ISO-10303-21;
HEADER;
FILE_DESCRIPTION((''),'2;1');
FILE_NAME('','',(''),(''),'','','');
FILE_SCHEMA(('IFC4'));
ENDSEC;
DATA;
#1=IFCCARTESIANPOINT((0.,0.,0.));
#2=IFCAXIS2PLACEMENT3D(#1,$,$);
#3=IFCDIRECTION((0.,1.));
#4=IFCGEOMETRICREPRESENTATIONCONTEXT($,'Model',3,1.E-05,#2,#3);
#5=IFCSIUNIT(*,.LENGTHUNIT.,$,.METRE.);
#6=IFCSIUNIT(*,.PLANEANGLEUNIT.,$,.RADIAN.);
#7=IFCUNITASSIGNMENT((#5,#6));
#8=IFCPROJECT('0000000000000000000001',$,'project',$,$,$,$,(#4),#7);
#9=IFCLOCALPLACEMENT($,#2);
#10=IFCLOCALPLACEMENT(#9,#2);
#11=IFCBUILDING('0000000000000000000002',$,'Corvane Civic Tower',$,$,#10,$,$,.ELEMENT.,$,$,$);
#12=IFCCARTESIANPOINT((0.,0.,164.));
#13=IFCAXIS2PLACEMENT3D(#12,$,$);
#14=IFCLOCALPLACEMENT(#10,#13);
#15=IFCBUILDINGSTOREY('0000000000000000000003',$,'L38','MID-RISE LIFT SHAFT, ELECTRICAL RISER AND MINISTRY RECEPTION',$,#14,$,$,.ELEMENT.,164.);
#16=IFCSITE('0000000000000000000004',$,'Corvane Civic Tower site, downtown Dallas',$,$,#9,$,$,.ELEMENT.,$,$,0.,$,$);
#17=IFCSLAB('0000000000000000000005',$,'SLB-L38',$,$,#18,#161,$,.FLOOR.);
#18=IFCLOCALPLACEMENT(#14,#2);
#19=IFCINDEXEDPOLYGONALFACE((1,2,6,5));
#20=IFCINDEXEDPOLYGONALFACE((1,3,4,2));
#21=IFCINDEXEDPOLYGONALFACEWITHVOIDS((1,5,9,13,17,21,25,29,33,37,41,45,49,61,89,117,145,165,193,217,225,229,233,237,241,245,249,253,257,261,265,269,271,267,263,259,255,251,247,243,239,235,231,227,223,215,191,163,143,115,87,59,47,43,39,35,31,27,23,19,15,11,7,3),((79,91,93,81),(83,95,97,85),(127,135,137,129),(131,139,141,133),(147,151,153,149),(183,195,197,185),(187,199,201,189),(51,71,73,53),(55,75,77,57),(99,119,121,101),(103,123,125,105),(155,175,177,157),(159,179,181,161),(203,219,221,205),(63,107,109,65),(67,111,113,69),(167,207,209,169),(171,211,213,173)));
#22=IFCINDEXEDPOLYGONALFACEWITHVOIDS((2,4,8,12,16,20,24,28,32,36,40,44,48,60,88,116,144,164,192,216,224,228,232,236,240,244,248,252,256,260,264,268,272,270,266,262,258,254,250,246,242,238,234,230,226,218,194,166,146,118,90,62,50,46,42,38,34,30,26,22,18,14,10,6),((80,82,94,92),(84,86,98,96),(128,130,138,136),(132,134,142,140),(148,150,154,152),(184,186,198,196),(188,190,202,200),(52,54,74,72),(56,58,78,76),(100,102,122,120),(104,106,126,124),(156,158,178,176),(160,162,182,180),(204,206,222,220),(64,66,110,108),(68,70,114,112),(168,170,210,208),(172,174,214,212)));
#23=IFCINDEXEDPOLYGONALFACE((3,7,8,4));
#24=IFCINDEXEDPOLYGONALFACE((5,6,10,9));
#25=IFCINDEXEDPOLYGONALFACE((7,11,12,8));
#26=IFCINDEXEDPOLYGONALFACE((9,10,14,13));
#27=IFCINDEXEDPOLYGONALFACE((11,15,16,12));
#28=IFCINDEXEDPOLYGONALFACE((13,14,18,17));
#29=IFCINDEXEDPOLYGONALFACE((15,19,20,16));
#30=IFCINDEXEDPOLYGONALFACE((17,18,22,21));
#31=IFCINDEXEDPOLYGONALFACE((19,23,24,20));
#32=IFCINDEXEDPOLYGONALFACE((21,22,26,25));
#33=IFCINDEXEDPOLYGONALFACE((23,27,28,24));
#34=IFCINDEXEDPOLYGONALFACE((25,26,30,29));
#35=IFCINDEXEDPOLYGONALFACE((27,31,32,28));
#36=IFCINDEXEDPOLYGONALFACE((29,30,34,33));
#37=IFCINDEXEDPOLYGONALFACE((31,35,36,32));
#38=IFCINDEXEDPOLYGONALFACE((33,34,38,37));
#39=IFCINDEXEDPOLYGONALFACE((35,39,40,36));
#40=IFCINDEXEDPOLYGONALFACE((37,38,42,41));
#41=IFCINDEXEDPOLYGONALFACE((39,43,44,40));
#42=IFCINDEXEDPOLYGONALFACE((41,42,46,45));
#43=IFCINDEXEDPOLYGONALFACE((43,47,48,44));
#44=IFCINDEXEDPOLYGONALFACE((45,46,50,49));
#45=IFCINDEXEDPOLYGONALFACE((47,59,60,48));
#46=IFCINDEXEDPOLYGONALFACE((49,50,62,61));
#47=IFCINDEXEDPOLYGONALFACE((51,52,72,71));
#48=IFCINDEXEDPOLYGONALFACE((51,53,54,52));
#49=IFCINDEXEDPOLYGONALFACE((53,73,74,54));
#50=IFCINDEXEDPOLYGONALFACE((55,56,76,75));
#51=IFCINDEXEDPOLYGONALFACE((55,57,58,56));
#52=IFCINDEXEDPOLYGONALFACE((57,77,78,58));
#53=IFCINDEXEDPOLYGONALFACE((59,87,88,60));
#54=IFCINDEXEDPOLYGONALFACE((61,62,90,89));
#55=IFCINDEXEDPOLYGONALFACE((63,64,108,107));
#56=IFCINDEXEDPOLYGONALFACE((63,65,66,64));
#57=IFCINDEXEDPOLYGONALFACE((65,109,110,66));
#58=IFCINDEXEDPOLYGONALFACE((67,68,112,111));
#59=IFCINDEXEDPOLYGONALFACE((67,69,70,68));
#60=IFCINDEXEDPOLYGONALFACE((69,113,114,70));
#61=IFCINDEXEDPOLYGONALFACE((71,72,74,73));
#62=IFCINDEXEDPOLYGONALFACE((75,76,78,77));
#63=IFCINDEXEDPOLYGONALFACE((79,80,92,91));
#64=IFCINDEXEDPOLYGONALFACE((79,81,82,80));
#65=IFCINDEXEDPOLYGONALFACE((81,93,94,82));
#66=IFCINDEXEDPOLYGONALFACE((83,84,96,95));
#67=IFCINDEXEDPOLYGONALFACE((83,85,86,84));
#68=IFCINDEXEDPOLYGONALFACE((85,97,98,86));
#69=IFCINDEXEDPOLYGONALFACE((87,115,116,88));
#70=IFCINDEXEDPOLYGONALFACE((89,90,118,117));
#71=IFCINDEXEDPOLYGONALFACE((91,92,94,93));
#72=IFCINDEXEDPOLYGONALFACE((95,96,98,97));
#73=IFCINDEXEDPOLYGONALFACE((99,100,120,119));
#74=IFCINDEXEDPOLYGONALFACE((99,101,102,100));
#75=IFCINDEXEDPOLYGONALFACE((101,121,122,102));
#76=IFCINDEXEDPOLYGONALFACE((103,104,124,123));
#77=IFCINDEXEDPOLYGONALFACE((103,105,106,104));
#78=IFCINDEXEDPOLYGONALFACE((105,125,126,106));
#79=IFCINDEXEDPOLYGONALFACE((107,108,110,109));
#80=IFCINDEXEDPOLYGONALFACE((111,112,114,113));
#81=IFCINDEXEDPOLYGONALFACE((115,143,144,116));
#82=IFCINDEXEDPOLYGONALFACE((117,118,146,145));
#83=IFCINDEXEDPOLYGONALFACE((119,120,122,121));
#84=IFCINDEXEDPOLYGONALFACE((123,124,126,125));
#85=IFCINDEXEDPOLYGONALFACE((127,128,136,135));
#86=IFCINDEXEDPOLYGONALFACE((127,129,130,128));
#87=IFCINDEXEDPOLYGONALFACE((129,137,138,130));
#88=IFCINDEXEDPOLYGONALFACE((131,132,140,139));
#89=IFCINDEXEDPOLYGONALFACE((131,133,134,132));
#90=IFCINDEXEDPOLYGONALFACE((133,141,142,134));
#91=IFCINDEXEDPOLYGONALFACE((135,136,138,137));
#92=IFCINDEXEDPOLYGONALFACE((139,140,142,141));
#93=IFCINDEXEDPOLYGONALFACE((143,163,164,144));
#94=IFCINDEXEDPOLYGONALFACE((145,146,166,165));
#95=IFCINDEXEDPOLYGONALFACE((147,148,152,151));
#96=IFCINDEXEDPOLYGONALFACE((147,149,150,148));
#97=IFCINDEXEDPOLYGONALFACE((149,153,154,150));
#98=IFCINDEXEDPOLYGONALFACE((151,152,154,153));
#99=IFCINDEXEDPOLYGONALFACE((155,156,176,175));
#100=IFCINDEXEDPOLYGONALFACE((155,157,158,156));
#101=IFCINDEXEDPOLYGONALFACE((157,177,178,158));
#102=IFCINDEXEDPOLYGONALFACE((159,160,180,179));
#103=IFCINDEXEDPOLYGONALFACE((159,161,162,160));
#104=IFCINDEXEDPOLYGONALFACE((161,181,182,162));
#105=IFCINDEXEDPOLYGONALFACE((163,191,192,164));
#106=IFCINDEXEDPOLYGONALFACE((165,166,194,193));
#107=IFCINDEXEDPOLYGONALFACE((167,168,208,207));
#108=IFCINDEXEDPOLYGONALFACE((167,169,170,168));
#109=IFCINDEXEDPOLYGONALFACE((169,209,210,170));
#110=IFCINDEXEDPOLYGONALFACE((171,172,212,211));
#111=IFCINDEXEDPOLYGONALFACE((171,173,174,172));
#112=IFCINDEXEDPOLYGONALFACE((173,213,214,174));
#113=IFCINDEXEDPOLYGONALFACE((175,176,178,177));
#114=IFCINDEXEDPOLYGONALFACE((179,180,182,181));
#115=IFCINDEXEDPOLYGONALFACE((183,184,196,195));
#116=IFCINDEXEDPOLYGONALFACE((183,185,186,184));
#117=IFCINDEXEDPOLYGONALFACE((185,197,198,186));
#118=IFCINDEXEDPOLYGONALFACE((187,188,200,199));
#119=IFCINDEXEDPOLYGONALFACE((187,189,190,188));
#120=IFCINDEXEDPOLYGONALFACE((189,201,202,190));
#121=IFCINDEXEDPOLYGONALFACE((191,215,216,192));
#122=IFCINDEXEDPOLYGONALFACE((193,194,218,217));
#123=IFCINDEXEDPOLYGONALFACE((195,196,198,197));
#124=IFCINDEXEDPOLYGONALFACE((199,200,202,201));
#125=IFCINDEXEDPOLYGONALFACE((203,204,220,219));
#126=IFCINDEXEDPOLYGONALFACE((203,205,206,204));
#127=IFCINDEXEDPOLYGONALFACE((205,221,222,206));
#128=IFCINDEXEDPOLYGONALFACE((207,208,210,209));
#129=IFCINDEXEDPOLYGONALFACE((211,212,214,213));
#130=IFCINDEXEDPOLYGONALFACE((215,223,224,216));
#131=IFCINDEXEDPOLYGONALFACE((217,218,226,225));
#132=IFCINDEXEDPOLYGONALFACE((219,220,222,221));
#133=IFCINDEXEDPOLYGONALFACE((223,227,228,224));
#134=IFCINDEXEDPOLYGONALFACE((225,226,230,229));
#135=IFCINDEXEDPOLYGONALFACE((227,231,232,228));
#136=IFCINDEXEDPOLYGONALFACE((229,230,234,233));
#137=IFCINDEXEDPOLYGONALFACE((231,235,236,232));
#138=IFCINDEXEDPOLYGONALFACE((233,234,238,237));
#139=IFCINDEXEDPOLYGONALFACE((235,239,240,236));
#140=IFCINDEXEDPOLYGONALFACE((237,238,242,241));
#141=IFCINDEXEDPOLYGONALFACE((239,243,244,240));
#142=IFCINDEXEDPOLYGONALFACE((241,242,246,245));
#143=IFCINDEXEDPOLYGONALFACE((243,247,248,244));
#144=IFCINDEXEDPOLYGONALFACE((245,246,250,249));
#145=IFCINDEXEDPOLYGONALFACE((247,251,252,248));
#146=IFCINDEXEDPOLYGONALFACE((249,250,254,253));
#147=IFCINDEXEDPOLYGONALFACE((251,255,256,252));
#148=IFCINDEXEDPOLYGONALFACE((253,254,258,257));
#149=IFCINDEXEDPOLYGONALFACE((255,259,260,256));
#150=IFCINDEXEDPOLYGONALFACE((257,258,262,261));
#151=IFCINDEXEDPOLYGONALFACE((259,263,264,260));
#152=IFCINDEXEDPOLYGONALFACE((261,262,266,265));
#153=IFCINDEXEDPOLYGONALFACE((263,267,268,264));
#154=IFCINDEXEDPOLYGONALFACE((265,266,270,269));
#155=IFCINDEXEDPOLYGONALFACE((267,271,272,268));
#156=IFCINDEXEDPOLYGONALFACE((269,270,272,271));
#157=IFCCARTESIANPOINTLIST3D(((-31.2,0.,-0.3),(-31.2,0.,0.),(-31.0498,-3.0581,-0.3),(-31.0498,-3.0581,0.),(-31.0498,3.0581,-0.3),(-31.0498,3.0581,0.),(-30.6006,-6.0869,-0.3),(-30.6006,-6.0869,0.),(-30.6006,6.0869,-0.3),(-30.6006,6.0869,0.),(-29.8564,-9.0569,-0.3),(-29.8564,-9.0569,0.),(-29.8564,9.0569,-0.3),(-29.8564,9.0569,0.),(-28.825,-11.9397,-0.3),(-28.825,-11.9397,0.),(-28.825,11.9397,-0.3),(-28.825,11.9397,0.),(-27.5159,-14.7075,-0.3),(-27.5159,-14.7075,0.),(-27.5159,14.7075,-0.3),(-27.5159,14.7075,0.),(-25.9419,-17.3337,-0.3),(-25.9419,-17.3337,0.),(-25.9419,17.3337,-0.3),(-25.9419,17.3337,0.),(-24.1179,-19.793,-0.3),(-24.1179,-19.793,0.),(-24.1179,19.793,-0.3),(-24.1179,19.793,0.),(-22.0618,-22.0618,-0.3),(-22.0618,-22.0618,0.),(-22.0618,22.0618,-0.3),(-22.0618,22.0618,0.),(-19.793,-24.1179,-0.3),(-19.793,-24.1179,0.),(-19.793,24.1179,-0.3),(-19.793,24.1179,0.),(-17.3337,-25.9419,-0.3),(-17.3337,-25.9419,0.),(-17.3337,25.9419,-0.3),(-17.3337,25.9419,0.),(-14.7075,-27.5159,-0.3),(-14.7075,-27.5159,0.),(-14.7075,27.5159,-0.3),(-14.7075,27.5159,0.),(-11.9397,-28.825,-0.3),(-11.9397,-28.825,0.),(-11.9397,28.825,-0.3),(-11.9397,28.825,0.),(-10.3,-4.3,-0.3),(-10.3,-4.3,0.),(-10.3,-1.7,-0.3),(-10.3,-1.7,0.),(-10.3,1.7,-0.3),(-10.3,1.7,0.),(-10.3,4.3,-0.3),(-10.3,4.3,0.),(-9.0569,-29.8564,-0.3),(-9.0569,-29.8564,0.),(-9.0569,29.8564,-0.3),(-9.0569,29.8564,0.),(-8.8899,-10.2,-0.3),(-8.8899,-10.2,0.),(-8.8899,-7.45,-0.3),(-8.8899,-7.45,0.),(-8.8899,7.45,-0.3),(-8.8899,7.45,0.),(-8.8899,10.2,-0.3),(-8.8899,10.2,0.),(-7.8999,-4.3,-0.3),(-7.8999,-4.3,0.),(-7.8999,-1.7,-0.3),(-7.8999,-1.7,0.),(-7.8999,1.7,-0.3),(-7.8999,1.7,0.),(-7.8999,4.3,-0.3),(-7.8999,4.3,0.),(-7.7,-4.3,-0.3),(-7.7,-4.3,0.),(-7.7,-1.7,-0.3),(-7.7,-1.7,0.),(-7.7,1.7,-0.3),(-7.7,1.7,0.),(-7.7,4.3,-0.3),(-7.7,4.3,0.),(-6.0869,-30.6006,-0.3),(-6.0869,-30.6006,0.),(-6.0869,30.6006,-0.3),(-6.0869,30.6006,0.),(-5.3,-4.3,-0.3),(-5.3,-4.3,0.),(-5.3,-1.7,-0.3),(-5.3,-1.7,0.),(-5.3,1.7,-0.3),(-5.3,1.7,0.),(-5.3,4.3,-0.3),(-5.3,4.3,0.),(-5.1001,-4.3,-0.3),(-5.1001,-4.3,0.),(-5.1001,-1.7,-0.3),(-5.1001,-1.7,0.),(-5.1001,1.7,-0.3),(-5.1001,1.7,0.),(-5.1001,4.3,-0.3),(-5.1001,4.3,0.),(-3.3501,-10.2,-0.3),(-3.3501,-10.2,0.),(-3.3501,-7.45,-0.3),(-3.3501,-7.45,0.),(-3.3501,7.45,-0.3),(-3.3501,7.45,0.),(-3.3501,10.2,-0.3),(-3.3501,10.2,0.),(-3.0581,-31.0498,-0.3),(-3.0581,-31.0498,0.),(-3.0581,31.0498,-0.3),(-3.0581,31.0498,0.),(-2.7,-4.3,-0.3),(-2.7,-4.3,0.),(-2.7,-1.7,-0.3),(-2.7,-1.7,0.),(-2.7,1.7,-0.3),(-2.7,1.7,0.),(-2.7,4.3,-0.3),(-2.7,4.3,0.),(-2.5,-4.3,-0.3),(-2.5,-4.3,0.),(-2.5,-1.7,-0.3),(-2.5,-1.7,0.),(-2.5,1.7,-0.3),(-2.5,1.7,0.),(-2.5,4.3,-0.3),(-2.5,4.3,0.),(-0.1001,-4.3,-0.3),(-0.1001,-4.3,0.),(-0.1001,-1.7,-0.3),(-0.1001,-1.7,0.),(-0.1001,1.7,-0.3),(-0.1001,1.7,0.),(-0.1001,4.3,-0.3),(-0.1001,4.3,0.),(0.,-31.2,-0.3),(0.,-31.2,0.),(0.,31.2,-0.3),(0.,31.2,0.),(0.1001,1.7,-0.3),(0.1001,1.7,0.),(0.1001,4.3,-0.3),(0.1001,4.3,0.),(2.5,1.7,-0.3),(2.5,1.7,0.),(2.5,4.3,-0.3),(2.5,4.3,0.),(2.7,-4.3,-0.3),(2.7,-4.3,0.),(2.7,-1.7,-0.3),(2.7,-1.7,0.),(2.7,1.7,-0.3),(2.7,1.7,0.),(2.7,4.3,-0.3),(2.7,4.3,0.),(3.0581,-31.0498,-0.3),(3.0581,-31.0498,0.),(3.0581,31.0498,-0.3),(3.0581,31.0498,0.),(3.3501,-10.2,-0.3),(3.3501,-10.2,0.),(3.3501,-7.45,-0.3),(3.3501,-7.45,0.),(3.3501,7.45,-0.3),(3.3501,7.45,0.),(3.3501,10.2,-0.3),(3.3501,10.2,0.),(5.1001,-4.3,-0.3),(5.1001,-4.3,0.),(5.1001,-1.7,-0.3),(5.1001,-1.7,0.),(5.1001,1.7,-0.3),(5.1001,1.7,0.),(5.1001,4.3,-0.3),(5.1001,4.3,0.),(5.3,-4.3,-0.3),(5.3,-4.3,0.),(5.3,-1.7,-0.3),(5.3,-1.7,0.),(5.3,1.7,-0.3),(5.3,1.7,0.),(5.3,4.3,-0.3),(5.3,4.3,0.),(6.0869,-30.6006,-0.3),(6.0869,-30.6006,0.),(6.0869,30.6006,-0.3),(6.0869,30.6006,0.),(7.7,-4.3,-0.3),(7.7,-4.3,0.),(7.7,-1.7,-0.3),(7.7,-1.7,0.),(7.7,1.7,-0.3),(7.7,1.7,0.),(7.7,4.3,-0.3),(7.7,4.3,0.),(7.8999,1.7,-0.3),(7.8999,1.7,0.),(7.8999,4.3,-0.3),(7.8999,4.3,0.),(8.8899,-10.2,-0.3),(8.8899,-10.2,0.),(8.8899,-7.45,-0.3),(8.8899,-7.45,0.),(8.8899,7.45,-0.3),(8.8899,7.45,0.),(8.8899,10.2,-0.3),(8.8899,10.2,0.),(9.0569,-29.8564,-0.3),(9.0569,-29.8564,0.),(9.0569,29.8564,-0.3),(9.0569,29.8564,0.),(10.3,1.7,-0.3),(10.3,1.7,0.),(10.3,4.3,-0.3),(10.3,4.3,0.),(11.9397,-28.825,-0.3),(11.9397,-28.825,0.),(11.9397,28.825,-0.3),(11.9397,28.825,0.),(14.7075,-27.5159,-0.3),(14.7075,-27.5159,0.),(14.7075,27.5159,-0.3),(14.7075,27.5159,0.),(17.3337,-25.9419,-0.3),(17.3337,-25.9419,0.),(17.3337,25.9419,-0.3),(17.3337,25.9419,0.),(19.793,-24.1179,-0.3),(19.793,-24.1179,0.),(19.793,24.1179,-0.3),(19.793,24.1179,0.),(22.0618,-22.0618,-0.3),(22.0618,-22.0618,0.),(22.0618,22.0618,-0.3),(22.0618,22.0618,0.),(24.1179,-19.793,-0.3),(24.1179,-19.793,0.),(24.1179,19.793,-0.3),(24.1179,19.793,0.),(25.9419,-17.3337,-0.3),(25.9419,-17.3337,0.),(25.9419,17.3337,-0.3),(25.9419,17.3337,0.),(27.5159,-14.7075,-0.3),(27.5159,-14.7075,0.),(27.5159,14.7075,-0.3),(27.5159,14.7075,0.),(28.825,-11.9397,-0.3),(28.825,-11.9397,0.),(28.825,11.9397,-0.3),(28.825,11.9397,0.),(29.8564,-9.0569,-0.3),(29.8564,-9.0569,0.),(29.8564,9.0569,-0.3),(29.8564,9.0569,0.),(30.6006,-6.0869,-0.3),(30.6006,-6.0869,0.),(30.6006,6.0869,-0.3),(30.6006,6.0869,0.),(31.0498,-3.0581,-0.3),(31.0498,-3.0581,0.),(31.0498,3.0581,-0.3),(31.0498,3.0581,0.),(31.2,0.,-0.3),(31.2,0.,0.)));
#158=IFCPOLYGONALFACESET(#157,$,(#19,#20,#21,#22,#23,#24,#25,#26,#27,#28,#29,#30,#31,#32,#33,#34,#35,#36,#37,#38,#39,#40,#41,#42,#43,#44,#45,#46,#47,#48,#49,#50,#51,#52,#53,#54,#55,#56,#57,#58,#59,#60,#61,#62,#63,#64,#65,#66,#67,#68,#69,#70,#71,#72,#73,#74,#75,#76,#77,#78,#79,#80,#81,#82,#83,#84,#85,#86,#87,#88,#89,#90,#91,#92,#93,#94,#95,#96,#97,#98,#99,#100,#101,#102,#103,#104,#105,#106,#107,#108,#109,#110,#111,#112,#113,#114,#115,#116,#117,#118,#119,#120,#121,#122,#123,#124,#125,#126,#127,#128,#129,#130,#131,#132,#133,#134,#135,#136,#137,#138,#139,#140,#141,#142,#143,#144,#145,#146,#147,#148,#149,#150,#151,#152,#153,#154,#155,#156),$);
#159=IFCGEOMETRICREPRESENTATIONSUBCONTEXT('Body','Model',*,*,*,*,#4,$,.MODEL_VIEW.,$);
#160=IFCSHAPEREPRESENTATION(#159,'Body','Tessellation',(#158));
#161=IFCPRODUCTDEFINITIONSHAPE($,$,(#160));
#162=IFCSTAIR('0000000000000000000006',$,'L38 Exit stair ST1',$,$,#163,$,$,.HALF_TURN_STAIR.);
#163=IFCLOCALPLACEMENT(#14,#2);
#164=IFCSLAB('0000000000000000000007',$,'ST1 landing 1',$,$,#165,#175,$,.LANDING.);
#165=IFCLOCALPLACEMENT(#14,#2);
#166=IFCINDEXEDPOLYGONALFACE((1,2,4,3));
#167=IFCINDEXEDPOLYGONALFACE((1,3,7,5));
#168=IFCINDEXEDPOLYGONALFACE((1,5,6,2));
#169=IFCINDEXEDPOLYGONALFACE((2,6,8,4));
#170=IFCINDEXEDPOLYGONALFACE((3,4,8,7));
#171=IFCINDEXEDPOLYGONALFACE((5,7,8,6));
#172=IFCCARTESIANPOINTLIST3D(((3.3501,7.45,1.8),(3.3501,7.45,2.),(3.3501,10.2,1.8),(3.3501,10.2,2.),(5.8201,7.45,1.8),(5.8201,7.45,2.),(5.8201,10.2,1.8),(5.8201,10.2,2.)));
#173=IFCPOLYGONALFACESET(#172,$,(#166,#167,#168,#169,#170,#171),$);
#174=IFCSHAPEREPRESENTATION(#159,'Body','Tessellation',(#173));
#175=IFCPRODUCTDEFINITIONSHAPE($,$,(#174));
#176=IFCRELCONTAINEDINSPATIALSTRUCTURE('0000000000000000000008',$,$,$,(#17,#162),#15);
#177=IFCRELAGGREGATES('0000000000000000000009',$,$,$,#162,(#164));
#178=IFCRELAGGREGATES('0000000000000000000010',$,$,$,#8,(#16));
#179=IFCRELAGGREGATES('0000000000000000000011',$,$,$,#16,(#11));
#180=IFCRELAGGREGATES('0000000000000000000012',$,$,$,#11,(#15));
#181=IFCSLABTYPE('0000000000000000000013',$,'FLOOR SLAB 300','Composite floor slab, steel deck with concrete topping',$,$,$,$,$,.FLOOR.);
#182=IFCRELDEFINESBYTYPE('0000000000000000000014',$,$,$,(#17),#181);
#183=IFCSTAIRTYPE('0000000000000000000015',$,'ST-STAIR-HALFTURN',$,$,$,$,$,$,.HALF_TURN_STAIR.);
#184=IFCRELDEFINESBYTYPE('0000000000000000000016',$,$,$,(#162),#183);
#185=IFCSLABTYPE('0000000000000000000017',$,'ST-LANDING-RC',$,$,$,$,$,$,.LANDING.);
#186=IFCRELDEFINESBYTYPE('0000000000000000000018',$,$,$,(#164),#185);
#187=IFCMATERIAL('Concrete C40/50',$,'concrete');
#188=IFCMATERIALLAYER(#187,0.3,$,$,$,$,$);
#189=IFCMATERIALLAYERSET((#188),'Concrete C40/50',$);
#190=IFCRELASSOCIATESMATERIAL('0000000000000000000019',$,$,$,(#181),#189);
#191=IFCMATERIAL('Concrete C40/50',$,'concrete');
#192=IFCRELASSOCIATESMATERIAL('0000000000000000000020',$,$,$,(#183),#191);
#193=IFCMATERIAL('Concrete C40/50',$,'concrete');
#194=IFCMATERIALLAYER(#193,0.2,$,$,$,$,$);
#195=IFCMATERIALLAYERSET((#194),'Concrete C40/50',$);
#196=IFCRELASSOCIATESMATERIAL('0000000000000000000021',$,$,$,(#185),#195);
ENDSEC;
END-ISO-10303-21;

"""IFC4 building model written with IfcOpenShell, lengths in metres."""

from ifc_helpers import new_model, si_unit, direction, frame, origin, place, context, subcontext, project, spatial, polyline, outline, extrude, material, layer, layer_set, type_object, element, aggregate, save


model = new_model("IFC4")

# Units and contexts
model_context = context("Model", 3, precision=1e-05, world=origin(), true_north=direction((0.0, 1.0)))
body_context = subcontext(model_context, "Body", "Model", "MODEL_VIEW")
ifc_project = project(units=[si_unit("LENGTHUNIT", "METRE"), si_unit("PLANEANGLEUNIT", "RADIAN")], contexts=[model_context])

# Site, building, storey
site_placement = place(None, origin())
site = spatial("IfcSite", under=ifc_project, at=site_placement, Name="Corvane Civic Tower site, downtown Dallas", CompositionType="ELEMENT", RefElevation=0.0)
building_placement = place(site_placement, origin())
building = spatial("IfcBuilding", under=site, at=building_placement, Name="Corvane Civic Tower", CompositionType="ELEMENT")
storey_placement = place(building_placement, frame((0.0, 0.0, 164.0)))
storey = spatial("IfcBuildingStorey", under=building, at=storey_placement, Name="L38", Description="MID-RISE LIFT SHAFT, ELECTRICAL RISER AND MINISTRY RECEPTION", CompositionType="ELEMENT", Elevation=164.0)

# Slab
ifc_material_1 = material(Name="Concrete C40/50", Category="concrete")
ifc_layer_1 = layer(ifc_material_1, 0.3)
ifc_layer_set_1 = layer_set([ifc_layer_1], Name="Concrete C40/50")
slab_type_1 = type_object("IfcSlabType", Name="FLOOR SLAB 300", Description="Composite floor slab, steel deck with concrete topping", PredefinedType="FLOOR", material=ifc_layer_set_1)
slab_1_placement = place(storey_placement, frame((0.0, 0.0, -0.3)))
element("IfcSlab", 1, at=slab_1_placement, inside=storey, type_object=slab_type_1, Name="SLB-L38", PredefinedType="FLOOR", context=body_context, shape_type="SweptSolid", body=[
    extrude(outline(polyline([(0.0, 31.2), (-3.0581, 31.0498), (-6.0869, 30.6006), (-9.0569, 29.8564), (-11.9397, 28.825), (-14.7075, 27.5159), (-17.3337, 25.9419), (-19.793, 24.1179), (-22.0618, 22.0618), (-24.1179, 19.793), (-25.9419, 17.3337), (-27.5159, 14.7075), (-28.825, 11.9397), (-29.8564, 9.0569), (-30.6006, 6.0869), (-31.0498, 3.0581), (-31.2, 0.0), (-31.0498, -3.0581), (-30.6006, -6.0869), (-29.8564, -9.0569), (-28.825, -11.9397), (-27.5159, -14.7075), (-25.9419, -17.3337), (-24.1179, -19.793), (-22.0618, -22.0618), (-19.793, -24.1179), (-17.3337, -25.9419), (-14.7075, -27.5159), (-11.9397, -28.825), (-9.0569, -29.8564), (-6.0869, -30.6006), (-3.0581, -31.0498), (0.0, -31.2), (3.0581, -31.0498), (6.0869, -30.6006), (9.0569, -29.8564), (11.9397, -28.825), (14.7075, -27.5159), (17.3337, -25.9419), (19.793, -24.1179), (22.0618, -22.0618), (24.1179, -19.793), (25.9419, -17.3337), (27.5159, -14.7075), (28.825, -11.9397), (29.8564, -9.0569), (30.6006, -6.0869), (31.0498, -3.0581), (31.2, 0.0), (31.0498, 3.0581), (30.6006, 6.0869), (29.8564, 9.0569), (28.825, 11.9397), (27.5159, 14.7075), (25.9419, 17.3337), (24.1179, 19.793), (22.0618, 22.0618), (19.793, 24.1179), (17.3337, 25.9419), (14.7075, 27.5159), (11.9397, 28.825), (9.0569, 29.8564), (6.0869, 30.6006), (3.0581, 31.0498), (0.0, 31.2)]), holes=[polyline([(-7.8999, 1.7), (-10.3, 1.7), (-10.3, 4.3), (-7.8999, 4.3), (-7.8999, 1.7)]), polyline([(-5.3, 1.7), (-7.7, 1.7), (-7.7, 4.3), (-5.3, 4.3), (-5.3, 1.7)]), polyline([(-2.7, 1.7), (-5.1001, 1.7), (-5.1001, 4.3), (-2.7, 4.3), (-2.7, 1.7)]), polyline([(-2.5, 4.3), (-0.1001, 4.3), (-0.1001, 1.7), (-2.5, 1.7), (-2.5, 4.3)]), polyline([(2.5, 1.7), (0.1001, 1.7), (0.1001, 4.3), (2.5, 4.3), (2.5, 1.7)]), polyline([(5.1001, 1.7), (2.7, 1.7), (2.7, 4.3), (5.1001, 4.3), (5.1001, 1.7)]), polyline([(5.3, 4.3), (7.7, 4.3), (7.7, 1.7), (5.3, 1.7), (5.3, 4.3)]), polyline([(7.8999, 4.3), (10.3, 4.3), (10.3, 1.7), (7.8999, 1.7), (7.8999, 4.3)]), polyline([(-10.3, -1.7), (-7.8999, -1.7), (-7.8999, -4.3), (-10.3, -4.3), (-10.3, -1.7)]), polyline([(-7.7, -1.7), (-5.3, -1.7), (-5.3, -4.3), (-7.7, -4.3), (-7.7, -1.7)]), polyline([(-5.1001, -1.7), (-2.7, -1.7), (-2.7, -4.3), (-5.1001, -4.3), (-5.1001, -1.7)]), polyline([(-2.5, -1.7), (-0.1001, -1.7), (-0.1001, -4.3), (-2.5, -4.3), (-2.5, -1.7)]), polyline([(2.7, -1.7), (5.1001, -1.7), (5.1001, -4.3), (2.7, -4.3), (2.7, -1.7)]), polyline([(5.3, -1.7), (7.7, -1.7), (7.7, -4.3), (5.3, -4.3), (5.3, -1.7)]), polyline([(8.8899, 10.2), (8.8899, 7.45), (3.3501, 7.45), (3.3501, 10.2), (8.8899, 10.2)]), polyline([(-8.8899, 7.45), (-8.8899, 10.2), (-3.3501, 10.2), (-3.3501, 7.45), (-8.8899, 7.45)]), polyline([(8.8899, -7.45), (8.8899, -10.2), (3.3501, -10.2), (3.3501, -7.45), (8.8899, -7.45)]), polyline([(-8.8899, -10.2), (-8.8899, -7.45), (-3.3501, -7.45), (-3.3501, -10.2), (-8.8899, -10.2)])]), origin(), (0.0, 0.0, 1.0), 0.3),
])

# Stair, slab
ifc_material_2 = material(Name="Concrete C40/50", Category="concrete")
stair_type = type_object("IfcStairType", Name="ST-STAIR-HALFTURN", PredefinedType="HALF_TURN_STAIR", material=ifc_material_2)
stair_1_placement = place(storey_placement, origin())
stair_1 = element("IfcStair", 2, at=stair_1_placement, inside=storey, type_object=stair_type, Name="L38 Exit stair ST1", PredefinedType="HALF_TURN_STAIR")
ifc_material_3 = material(Name="Concrete C40/50", Category="concrete")
ifc_layer_2 = layer(ifc_material_3, 0.2)
ifc_layer_set_2 = layer_set([ifc_layer_2], Name="Concrete C40/50")
slab_type_2 = type_object("IfcSlabType", Name="ST-LANDING-RC", PredefinedType="LANDING", material=ifc_layer_set_2)
slab_2_placement = place(storey_placement, frame((0.0, 0.0, 1.8)))
slab_2 = element("IfcSlab", 3, at=slab_2_placement, type_object=slab_type_2, Name="ST1 landing 1", PredefinedType="LANDING", context=body_context, shape_type="SweptSolid", body=[
    extrude(outline(polyline([(5.8201, 10.2), (3.3501, 10.2), (3.3501, 7.45), (5.8201, 7.45), (5.8201, 10.2)])), origin(), (0.0, 0.0, 1.0), 0.2),
])
aggregate(stair_1, [slab_2])

save(model, "model.ifc")
